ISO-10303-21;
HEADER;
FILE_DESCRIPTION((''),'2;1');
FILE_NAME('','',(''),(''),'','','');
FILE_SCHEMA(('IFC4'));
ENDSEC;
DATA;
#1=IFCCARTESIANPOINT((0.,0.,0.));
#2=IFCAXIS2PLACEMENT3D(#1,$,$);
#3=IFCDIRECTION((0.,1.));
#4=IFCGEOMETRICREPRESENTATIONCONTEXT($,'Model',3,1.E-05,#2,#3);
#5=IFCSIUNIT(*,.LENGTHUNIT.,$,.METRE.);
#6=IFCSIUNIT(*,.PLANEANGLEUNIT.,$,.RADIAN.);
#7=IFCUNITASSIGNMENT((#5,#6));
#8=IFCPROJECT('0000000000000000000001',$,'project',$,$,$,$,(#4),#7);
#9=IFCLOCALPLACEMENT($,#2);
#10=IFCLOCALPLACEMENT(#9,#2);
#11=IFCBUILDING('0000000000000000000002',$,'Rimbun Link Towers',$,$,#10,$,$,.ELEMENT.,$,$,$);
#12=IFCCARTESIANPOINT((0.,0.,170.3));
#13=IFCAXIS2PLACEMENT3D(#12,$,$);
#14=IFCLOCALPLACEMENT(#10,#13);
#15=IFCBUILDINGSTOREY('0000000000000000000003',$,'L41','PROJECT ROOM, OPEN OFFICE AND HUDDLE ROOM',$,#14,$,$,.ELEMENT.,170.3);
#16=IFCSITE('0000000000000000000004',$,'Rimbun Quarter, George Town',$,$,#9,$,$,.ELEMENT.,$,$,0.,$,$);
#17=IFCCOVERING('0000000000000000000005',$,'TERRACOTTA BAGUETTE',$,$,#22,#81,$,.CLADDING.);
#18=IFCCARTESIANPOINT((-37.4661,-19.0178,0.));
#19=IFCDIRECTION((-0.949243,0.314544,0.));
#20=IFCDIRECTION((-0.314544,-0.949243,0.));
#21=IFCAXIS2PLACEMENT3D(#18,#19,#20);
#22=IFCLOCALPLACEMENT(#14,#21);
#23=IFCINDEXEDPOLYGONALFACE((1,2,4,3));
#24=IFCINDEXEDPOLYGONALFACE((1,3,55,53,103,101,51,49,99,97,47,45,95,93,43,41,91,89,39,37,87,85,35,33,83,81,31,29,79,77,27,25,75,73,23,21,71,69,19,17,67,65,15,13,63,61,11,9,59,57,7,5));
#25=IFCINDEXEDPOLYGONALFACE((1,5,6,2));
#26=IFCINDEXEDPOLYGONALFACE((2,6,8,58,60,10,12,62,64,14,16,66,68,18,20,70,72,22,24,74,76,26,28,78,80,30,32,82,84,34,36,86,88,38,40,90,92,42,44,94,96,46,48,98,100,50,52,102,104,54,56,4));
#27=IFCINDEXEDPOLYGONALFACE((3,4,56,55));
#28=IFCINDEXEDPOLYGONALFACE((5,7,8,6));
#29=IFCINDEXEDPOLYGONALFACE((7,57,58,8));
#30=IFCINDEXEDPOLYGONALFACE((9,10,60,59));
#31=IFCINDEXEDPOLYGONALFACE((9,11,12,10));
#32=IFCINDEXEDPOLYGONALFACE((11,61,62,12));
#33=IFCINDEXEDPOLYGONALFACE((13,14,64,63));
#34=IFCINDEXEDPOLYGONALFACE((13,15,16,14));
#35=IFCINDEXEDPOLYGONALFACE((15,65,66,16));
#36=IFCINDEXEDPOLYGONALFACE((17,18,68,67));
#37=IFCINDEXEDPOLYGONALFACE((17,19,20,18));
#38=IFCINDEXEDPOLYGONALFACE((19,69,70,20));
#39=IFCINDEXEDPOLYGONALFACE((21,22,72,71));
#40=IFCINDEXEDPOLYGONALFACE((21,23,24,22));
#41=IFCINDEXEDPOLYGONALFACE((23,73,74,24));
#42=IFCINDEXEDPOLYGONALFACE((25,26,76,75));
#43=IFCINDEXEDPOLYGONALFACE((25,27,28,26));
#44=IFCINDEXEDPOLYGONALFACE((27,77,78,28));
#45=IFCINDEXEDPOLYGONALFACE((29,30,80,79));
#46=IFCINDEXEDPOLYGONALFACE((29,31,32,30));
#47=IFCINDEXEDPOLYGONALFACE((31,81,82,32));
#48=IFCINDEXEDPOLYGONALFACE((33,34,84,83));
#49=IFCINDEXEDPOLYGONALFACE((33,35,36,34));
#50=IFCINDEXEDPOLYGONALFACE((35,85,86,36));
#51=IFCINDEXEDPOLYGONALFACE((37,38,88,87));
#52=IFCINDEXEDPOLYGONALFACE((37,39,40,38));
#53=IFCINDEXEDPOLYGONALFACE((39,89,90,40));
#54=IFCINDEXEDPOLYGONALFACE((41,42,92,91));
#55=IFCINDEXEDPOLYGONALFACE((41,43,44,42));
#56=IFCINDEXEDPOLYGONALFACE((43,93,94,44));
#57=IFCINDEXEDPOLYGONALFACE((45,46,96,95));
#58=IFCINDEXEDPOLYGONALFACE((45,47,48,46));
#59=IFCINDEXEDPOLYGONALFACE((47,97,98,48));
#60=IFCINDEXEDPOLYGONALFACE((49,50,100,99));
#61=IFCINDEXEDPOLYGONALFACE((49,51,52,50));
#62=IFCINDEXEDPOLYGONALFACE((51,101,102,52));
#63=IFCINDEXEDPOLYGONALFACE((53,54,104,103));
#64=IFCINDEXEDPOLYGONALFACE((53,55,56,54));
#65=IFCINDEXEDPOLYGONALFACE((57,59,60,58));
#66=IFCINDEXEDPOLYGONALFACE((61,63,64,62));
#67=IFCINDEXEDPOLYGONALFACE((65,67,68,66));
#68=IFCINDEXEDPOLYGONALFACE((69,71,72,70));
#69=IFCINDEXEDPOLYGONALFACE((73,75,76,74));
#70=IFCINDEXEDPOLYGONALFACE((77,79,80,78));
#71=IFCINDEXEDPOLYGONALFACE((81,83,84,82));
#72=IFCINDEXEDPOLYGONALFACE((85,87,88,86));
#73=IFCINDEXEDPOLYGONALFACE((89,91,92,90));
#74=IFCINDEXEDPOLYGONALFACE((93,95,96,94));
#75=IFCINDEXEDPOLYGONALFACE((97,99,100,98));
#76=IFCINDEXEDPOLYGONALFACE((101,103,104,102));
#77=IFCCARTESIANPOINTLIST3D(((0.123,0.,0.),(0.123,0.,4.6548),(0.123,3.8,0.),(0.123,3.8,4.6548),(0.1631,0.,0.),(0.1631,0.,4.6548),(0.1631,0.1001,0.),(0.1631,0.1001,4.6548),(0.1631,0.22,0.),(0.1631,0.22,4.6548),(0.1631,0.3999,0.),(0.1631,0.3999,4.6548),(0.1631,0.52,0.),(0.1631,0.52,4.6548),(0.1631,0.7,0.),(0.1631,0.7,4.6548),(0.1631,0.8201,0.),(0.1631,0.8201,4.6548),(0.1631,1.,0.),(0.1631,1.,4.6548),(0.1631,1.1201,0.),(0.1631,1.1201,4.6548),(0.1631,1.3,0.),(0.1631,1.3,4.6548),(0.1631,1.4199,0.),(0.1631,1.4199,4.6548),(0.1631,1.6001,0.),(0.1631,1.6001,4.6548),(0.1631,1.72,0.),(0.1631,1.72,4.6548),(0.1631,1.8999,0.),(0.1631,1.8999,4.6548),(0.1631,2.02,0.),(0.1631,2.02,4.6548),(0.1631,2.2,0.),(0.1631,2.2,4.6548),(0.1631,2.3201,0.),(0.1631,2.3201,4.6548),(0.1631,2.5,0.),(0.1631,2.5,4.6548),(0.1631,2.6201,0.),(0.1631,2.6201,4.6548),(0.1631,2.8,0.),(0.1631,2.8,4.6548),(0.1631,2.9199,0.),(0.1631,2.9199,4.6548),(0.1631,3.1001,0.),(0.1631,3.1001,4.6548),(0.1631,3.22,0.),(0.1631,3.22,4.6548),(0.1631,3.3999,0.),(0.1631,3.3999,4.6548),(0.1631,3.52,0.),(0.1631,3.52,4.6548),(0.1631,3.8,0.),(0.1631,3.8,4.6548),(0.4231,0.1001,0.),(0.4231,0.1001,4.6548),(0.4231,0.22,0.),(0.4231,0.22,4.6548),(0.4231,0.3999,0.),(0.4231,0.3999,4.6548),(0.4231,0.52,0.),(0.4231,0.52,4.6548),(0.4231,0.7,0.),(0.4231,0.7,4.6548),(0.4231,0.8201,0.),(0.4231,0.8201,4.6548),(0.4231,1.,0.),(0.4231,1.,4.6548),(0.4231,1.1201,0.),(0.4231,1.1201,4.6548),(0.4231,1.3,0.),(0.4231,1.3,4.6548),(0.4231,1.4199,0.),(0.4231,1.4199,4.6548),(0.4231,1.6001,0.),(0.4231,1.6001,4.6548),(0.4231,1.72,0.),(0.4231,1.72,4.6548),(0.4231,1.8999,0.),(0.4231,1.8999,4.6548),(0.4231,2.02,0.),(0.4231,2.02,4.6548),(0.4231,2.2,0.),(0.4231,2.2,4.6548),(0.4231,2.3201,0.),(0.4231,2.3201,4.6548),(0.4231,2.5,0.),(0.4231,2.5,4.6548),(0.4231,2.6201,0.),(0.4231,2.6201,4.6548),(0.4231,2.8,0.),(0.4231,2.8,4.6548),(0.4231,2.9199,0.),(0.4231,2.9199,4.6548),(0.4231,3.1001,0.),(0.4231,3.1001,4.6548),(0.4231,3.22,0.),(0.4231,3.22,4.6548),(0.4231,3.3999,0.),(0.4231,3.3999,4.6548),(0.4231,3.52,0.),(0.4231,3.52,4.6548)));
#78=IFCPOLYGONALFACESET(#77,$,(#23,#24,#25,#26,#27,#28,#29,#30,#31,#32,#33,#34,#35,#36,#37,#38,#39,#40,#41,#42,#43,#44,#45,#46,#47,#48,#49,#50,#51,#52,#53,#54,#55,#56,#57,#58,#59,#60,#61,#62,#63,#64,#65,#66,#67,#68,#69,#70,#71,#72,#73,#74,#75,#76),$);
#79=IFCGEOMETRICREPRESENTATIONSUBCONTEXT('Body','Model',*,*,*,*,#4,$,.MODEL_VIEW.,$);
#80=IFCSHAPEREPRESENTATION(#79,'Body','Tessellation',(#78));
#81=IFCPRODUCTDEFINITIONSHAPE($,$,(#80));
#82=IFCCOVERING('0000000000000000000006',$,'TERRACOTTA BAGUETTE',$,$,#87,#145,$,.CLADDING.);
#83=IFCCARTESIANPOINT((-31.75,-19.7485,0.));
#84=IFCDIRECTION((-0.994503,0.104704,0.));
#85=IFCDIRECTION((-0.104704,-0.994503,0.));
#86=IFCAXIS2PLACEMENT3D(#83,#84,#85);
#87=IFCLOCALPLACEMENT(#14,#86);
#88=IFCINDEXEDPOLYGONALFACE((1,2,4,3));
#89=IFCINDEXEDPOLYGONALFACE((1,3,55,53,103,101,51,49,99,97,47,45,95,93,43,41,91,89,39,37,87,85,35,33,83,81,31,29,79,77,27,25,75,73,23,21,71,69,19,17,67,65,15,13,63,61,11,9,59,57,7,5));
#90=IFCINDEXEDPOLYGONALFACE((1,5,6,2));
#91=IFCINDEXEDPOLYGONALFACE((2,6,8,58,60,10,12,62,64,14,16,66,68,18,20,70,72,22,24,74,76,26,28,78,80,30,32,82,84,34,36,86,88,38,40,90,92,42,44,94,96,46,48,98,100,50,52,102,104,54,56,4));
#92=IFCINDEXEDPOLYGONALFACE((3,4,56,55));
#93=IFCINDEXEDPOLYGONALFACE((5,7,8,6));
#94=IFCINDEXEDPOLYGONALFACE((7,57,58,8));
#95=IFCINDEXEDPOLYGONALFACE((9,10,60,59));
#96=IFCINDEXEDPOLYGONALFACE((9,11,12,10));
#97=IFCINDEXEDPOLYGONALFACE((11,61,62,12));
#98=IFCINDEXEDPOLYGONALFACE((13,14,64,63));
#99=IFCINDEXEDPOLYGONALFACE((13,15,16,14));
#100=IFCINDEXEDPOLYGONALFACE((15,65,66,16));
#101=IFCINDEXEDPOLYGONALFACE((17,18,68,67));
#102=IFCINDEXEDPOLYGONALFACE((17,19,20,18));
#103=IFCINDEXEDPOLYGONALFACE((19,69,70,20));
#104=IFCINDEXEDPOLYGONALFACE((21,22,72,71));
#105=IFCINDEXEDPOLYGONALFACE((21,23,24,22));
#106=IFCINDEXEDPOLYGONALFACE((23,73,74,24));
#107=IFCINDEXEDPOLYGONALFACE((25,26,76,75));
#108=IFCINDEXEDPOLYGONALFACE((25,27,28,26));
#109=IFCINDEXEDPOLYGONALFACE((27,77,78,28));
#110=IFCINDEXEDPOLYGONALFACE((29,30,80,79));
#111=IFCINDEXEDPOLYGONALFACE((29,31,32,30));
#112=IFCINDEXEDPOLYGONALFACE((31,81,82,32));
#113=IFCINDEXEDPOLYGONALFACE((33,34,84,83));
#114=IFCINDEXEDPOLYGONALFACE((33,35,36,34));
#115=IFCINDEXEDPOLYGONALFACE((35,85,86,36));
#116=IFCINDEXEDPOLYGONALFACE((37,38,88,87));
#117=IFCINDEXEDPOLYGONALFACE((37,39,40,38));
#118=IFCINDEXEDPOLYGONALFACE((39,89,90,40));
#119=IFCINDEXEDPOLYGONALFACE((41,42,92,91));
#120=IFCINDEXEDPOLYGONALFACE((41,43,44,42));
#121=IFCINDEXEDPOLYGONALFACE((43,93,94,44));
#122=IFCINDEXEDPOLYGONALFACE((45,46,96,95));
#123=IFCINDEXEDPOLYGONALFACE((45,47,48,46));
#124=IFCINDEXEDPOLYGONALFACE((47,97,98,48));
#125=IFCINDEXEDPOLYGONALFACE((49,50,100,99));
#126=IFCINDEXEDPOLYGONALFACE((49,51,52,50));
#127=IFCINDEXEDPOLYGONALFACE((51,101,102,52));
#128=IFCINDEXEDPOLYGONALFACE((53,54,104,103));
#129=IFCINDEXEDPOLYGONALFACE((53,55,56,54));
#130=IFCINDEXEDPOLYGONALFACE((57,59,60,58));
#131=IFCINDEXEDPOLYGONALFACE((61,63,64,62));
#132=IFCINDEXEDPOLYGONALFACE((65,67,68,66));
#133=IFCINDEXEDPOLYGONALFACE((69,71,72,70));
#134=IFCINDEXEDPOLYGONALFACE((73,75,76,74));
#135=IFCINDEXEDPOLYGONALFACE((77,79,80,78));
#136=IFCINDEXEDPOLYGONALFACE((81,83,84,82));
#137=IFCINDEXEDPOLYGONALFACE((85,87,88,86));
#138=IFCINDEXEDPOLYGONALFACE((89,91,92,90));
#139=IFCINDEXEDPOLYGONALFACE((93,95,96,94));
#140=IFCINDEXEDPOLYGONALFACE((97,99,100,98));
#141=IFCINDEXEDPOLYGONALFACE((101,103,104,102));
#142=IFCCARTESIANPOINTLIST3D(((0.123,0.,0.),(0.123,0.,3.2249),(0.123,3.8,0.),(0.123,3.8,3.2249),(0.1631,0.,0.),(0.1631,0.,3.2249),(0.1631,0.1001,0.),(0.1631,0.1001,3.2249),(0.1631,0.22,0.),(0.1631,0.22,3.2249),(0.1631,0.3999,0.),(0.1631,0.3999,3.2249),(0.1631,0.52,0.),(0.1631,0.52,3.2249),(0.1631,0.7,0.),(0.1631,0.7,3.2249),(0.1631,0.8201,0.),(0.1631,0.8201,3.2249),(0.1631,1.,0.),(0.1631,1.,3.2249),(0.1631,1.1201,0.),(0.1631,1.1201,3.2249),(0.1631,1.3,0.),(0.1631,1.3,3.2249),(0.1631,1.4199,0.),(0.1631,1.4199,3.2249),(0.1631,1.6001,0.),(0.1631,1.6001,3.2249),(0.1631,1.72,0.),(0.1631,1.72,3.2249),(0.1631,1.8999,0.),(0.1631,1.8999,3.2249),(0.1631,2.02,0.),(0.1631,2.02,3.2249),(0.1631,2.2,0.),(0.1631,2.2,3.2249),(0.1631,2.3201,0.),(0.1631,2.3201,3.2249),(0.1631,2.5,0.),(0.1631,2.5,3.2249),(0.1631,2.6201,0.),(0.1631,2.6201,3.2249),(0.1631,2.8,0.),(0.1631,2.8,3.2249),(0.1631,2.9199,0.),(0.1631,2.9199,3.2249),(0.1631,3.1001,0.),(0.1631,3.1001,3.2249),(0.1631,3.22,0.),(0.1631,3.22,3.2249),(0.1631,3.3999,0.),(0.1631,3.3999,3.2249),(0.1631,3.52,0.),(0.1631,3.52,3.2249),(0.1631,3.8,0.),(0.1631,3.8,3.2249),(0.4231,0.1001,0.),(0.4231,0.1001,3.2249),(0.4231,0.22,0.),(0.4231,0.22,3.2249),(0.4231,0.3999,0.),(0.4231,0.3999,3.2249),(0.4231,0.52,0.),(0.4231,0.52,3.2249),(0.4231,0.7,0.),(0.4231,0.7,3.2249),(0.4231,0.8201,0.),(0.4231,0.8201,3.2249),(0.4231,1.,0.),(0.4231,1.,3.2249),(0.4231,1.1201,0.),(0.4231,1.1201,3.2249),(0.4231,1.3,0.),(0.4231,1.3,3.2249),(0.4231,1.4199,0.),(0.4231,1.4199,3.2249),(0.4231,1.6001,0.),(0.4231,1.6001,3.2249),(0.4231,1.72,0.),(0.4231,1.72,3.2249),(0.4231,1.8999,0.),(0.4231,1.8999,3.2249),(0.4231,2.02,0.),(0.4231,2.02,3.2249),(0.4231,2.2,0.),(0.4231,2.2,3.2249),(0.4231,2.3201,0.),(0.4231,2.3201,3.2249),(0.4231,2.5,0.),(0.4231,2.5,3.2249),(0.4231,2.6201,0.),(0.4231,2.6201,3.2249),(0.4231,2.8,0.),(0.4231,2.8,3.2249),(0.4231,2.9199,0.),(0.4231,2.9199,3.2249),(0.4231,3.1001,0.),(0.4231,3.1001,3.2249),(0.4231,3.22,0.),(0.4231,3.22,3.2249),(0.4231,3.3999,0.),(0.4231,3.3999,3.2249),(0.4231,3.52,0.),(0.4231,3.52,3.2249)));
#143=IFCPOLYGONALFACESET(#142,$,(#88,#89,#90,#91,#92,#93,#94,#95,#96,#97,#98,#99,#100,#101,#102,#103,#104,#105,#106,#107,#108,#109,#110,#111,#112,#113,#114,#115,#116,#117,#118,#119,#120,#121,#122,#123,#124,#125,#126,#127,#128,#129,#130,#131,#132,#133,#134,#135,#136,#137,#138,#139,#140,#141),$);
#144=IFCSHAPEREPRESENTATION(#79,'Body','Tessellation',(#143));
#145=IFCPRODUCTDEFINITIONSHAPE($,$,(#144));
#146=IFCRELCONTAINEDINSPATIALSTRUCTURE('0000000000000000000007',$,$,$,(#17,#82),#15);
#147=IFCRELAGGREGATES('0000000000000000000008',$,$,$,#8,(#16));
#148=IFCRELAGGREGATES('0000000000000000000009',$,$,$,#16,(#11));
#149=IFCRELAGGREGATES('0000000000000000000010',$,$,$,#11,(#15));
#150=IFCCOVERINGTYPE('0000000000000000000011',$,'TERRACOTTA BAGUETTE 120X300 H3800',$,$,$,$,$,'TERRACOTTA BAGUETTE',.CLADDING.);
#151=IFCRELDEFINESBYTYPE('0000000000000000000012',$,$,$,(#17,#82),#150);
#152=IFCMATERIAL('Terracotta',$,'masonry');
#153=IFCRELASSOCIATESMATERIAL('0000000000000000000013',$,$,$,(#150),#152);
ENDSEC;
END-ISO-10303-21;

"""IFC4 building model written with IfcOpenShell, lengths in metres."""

from ifc_helpers import new_model, si_unit, direction, frame, origin, place, context, subcontext, project, spatial, polyline, outline, extrude, material, material_profile, profile_set, type_object, element, save


model = new_model("IFC4")

# Units and contexts
model_context = context("Model", 3, precision=1e-05, world=origin(), true_north=direction((0.0, 1.0)))
body_context = subcontext(model_context, "Body", "Model", "MODEL_VIEW")
ifc_project = project(units=[si_unit("LENGTHUNIT", "METRE"), si_unit("PLANEANGLEUNIT", "RADIAN")], contexts=[model_context])

# Site, building, storey
site_placement = place(None, origin())
site = spatial("IfcSite", under=ifc_project, at=site_placement, Name="Rimbun Quarter, George Town", CompositionType="ELEMENT", RefElevation=0.0)
building_placement = place(site_placement, origin())
building = spatial("IfcBuilding", under=site, at=building_placement, Name="Rimbun Link Towers", CompositionType="ELEMENT")
storey_placement = place(building_placement, frame((0.0, 0.0, 170.3)))
storey = spatial("IfcBuildingStorey", under=building, at=storey_placement, Name="L41", Description="PROJECT ROOM, OPEN OFFICE AND HUDDLE ROOM", CompositionType="ELEMENT", Elevation=170.3)

# Coverings
ifc_material_1 = material(Name="Terracotta", Category="masonry")
ifc_material_profile_1 = material_profile(ifc_material_1, outline(polyline([(0.123, 0.0), (0.1631, 0.0), (0.1631, 0.1001), (0.4231, 0.1001), (0.4231, 0.22), (0.1631, 0.22), (0.1631, 0.3999), (0.4231, 0.3999), (0.4231, 0.52), (0.1631, 0.52), (0.1631, 0.7), (0.4231, 0.7), (0.4231, 0.8201), (0.1631, 0.8201), (0.1631, 1.0), (0.4231, 1.0), (0.4231, 1.1201), (0.1631, 1.1201), (0.1631, 1.3), (0.4231, 1.3), (0.4231, 1.4199), (0.1631, 1.4199), (0.1631, 1.6001), (0.4231, 1.6001), (0.4231, 1.72), (0.1631, 1.72), (0.1631, 1.8999), (0.4231, 1.8999), (0.4231, 2.02), (0.1631, 2.02), (0.1631, 2.2), (0.4231, 2.2), (0.4231, 2.3201), (0.1631, 2.3201), (0.1631, 2.5), (0.4231, 2.5), (0.4231, 2.6201), (0.1631, 2.6201), (0.1631, 2.8), (0.4231, 2.8), (0.4231, 2.9199), (0.1631, 2.9199), (0.1631, 3.1001), (0.4231, 3.1001), (0.4231, 3.22), (0.1631, 3.22), (0.1631, 3.3999), (0.4231, 3.3999), (0.4231, 3.52), (0.1631, 3.52), (0.1631, 3.8), (0.123, 3.8), (0.123, 0.0)])), Name="BAGUETTE 120X300")
ifc_profile_set_1 = profile_set([ifc_material_profile_1], Name="Terracotta")
covering_type = type_object("IfcCoveringType", Name="TERRACOTTA BAGUETTE 120X300 H3800", ElementType="TERRACOTTA BAGUETTE", PredefinedType="CLADDING", material=ifc_profile_set_1)
covering_placement = place(storey_placement, frame((-37.4661, -19.0178, 0.0), z_axis=(-0.949243, 0.314544, 0.0), x_axis=(-0.314544, -0.949243, 0.0)))
element("IfcCovering", 1, at=covering_placement, inside=storey, type_object=covering_type, Name="TERRACOTTA BAGUETTE", PredefinedType="CLADDING", context=body_context, shape_type="SweptSolid", body=[
    extrude(outline(polyline([(0.123, 0.0), (0.1631, 0.0), (0.1631, 0.1001), (0.4231, 0.1001), (0.4231, 0.22), (0.1631, 0.22), (0.1631, 0.3999), (0.4231, 0.3999), (0.4231, 0.52), (0.1631, 0.52), (0.1631, 0.7), (0.4231, 0.7), (0.4231, 0.8201), (0.1631, 0.8201), (0.1631, 1.0), (0.4231, 1.0), (0.4231, 1.1201), (0.1631, 1.1201), (0.1631, 1.3), (0.4231, 1.3), (0.4231, 1.4199), (0.1631, 1.4199), (0.1631, 1.6001), (0.4231, 1.6001), (0.4231, 1.72), (0.1631, 1.72), (0.1631, 1.8999), (0.4231, 1.8999), (0.4231, 2.02), (0.1631, 2.02), (0.1631, 2.2), (0.4231, 2.2), (0.4231, 2.3201), (0.1631, 2.3201), (0.1631, 2.5), (0.4231, 2.5), (0.4231, 2.6201), (0.1631, 2.6201), (0.1631, 2.8), (0.4231, 2.8), (0.4231, 2.9199), (0.1631, 2.9199), (0.1631, 3.1001), (0.4231, 3.1001), (0.4231, 3.22), (0.1631, 3.22), (0.1631, 3.3999), (0.4231, 3.3999), (0.4231, 3.52), (0.1631, 3.52), (0.1631, 3.8), (0.123, 3.8), (0.123, 0.0)])), origin(), (0.0, 0.0, 1.0), 4.6548),
])
for number, where, z_axis, x_axis, name in (
    (2, (-31.75, -19.7485, 0.0), (-0.994503, 0.104704, 0.0), (-0.104704, -0.994503, 0.0), "TERRACOTTA BAGUETTE"),
):
    element("IfcCovering", number, at=place(storey_placement, frame(where, z_axis=z_axis, x_axis=x_axis)), inside=storey, type_object=covering_type, Name=name, PredefinedType="CLADDING", context=body_context, shape_type="SweptSolid", body=[
        extrude(outline(polyline([(0.123, 0.0), (0.1631, 0.0), (0.1631, 0.1001), (0.4231, 0.1001), (0.4231, 0.22), (0.1631, 0.22), (0.1631, 0.3999), (0.4231, 0.3999), (0.4231, 0.52), (0.1631, 0.52), (0.1631, 0.7), (0.4231, 0.7), (0.4231, 0.8201), (0.1631, 0.8201), (0.1631, 1.0), (0.4231, 1.0), (0.4231, 1.1201), (0.1631, 1.1201), (0.1631, 1.3), (0.4231, 1.3), (0.4231, 1.4199), (0.1631, 1.4199), (0.1631, 1.6001), (0.4231, 1.6001), (0.4231, 1.72), (0.1631, 1.72), (0.1631, 1.8999), (0.4231, 1.8999), (0.4231, 2.02), (0.1631, 2.02), (0.1631, 2.2), (0.4231, 2.2), (0.4231, 2.3201), (0.1631, 2.3201), (0.1631, 2.5), (0.4231, 2.5), (0.4231, 2.6201), (0.1631, 2.6201), (0.1631, 2.8), (0.4231, 2.8), (0.4231, 2.9199), (0.1631, 2.9199), (0.1631, 3.1001), (0.4231, 3.1001), (0.4231, 3.22), (0.1631, 3.22), (0.1631, 3.3999), (0.4231, 3.3999), (0.4231, 3.52), (0.1631, 3.52), (0.1631, 3.8), (0.123, 3.8), (0.123, 0.0)])), origin(), (0.0, 0.0, 1.0), 3.2249),
    ])

save(model, "model.ifc")
